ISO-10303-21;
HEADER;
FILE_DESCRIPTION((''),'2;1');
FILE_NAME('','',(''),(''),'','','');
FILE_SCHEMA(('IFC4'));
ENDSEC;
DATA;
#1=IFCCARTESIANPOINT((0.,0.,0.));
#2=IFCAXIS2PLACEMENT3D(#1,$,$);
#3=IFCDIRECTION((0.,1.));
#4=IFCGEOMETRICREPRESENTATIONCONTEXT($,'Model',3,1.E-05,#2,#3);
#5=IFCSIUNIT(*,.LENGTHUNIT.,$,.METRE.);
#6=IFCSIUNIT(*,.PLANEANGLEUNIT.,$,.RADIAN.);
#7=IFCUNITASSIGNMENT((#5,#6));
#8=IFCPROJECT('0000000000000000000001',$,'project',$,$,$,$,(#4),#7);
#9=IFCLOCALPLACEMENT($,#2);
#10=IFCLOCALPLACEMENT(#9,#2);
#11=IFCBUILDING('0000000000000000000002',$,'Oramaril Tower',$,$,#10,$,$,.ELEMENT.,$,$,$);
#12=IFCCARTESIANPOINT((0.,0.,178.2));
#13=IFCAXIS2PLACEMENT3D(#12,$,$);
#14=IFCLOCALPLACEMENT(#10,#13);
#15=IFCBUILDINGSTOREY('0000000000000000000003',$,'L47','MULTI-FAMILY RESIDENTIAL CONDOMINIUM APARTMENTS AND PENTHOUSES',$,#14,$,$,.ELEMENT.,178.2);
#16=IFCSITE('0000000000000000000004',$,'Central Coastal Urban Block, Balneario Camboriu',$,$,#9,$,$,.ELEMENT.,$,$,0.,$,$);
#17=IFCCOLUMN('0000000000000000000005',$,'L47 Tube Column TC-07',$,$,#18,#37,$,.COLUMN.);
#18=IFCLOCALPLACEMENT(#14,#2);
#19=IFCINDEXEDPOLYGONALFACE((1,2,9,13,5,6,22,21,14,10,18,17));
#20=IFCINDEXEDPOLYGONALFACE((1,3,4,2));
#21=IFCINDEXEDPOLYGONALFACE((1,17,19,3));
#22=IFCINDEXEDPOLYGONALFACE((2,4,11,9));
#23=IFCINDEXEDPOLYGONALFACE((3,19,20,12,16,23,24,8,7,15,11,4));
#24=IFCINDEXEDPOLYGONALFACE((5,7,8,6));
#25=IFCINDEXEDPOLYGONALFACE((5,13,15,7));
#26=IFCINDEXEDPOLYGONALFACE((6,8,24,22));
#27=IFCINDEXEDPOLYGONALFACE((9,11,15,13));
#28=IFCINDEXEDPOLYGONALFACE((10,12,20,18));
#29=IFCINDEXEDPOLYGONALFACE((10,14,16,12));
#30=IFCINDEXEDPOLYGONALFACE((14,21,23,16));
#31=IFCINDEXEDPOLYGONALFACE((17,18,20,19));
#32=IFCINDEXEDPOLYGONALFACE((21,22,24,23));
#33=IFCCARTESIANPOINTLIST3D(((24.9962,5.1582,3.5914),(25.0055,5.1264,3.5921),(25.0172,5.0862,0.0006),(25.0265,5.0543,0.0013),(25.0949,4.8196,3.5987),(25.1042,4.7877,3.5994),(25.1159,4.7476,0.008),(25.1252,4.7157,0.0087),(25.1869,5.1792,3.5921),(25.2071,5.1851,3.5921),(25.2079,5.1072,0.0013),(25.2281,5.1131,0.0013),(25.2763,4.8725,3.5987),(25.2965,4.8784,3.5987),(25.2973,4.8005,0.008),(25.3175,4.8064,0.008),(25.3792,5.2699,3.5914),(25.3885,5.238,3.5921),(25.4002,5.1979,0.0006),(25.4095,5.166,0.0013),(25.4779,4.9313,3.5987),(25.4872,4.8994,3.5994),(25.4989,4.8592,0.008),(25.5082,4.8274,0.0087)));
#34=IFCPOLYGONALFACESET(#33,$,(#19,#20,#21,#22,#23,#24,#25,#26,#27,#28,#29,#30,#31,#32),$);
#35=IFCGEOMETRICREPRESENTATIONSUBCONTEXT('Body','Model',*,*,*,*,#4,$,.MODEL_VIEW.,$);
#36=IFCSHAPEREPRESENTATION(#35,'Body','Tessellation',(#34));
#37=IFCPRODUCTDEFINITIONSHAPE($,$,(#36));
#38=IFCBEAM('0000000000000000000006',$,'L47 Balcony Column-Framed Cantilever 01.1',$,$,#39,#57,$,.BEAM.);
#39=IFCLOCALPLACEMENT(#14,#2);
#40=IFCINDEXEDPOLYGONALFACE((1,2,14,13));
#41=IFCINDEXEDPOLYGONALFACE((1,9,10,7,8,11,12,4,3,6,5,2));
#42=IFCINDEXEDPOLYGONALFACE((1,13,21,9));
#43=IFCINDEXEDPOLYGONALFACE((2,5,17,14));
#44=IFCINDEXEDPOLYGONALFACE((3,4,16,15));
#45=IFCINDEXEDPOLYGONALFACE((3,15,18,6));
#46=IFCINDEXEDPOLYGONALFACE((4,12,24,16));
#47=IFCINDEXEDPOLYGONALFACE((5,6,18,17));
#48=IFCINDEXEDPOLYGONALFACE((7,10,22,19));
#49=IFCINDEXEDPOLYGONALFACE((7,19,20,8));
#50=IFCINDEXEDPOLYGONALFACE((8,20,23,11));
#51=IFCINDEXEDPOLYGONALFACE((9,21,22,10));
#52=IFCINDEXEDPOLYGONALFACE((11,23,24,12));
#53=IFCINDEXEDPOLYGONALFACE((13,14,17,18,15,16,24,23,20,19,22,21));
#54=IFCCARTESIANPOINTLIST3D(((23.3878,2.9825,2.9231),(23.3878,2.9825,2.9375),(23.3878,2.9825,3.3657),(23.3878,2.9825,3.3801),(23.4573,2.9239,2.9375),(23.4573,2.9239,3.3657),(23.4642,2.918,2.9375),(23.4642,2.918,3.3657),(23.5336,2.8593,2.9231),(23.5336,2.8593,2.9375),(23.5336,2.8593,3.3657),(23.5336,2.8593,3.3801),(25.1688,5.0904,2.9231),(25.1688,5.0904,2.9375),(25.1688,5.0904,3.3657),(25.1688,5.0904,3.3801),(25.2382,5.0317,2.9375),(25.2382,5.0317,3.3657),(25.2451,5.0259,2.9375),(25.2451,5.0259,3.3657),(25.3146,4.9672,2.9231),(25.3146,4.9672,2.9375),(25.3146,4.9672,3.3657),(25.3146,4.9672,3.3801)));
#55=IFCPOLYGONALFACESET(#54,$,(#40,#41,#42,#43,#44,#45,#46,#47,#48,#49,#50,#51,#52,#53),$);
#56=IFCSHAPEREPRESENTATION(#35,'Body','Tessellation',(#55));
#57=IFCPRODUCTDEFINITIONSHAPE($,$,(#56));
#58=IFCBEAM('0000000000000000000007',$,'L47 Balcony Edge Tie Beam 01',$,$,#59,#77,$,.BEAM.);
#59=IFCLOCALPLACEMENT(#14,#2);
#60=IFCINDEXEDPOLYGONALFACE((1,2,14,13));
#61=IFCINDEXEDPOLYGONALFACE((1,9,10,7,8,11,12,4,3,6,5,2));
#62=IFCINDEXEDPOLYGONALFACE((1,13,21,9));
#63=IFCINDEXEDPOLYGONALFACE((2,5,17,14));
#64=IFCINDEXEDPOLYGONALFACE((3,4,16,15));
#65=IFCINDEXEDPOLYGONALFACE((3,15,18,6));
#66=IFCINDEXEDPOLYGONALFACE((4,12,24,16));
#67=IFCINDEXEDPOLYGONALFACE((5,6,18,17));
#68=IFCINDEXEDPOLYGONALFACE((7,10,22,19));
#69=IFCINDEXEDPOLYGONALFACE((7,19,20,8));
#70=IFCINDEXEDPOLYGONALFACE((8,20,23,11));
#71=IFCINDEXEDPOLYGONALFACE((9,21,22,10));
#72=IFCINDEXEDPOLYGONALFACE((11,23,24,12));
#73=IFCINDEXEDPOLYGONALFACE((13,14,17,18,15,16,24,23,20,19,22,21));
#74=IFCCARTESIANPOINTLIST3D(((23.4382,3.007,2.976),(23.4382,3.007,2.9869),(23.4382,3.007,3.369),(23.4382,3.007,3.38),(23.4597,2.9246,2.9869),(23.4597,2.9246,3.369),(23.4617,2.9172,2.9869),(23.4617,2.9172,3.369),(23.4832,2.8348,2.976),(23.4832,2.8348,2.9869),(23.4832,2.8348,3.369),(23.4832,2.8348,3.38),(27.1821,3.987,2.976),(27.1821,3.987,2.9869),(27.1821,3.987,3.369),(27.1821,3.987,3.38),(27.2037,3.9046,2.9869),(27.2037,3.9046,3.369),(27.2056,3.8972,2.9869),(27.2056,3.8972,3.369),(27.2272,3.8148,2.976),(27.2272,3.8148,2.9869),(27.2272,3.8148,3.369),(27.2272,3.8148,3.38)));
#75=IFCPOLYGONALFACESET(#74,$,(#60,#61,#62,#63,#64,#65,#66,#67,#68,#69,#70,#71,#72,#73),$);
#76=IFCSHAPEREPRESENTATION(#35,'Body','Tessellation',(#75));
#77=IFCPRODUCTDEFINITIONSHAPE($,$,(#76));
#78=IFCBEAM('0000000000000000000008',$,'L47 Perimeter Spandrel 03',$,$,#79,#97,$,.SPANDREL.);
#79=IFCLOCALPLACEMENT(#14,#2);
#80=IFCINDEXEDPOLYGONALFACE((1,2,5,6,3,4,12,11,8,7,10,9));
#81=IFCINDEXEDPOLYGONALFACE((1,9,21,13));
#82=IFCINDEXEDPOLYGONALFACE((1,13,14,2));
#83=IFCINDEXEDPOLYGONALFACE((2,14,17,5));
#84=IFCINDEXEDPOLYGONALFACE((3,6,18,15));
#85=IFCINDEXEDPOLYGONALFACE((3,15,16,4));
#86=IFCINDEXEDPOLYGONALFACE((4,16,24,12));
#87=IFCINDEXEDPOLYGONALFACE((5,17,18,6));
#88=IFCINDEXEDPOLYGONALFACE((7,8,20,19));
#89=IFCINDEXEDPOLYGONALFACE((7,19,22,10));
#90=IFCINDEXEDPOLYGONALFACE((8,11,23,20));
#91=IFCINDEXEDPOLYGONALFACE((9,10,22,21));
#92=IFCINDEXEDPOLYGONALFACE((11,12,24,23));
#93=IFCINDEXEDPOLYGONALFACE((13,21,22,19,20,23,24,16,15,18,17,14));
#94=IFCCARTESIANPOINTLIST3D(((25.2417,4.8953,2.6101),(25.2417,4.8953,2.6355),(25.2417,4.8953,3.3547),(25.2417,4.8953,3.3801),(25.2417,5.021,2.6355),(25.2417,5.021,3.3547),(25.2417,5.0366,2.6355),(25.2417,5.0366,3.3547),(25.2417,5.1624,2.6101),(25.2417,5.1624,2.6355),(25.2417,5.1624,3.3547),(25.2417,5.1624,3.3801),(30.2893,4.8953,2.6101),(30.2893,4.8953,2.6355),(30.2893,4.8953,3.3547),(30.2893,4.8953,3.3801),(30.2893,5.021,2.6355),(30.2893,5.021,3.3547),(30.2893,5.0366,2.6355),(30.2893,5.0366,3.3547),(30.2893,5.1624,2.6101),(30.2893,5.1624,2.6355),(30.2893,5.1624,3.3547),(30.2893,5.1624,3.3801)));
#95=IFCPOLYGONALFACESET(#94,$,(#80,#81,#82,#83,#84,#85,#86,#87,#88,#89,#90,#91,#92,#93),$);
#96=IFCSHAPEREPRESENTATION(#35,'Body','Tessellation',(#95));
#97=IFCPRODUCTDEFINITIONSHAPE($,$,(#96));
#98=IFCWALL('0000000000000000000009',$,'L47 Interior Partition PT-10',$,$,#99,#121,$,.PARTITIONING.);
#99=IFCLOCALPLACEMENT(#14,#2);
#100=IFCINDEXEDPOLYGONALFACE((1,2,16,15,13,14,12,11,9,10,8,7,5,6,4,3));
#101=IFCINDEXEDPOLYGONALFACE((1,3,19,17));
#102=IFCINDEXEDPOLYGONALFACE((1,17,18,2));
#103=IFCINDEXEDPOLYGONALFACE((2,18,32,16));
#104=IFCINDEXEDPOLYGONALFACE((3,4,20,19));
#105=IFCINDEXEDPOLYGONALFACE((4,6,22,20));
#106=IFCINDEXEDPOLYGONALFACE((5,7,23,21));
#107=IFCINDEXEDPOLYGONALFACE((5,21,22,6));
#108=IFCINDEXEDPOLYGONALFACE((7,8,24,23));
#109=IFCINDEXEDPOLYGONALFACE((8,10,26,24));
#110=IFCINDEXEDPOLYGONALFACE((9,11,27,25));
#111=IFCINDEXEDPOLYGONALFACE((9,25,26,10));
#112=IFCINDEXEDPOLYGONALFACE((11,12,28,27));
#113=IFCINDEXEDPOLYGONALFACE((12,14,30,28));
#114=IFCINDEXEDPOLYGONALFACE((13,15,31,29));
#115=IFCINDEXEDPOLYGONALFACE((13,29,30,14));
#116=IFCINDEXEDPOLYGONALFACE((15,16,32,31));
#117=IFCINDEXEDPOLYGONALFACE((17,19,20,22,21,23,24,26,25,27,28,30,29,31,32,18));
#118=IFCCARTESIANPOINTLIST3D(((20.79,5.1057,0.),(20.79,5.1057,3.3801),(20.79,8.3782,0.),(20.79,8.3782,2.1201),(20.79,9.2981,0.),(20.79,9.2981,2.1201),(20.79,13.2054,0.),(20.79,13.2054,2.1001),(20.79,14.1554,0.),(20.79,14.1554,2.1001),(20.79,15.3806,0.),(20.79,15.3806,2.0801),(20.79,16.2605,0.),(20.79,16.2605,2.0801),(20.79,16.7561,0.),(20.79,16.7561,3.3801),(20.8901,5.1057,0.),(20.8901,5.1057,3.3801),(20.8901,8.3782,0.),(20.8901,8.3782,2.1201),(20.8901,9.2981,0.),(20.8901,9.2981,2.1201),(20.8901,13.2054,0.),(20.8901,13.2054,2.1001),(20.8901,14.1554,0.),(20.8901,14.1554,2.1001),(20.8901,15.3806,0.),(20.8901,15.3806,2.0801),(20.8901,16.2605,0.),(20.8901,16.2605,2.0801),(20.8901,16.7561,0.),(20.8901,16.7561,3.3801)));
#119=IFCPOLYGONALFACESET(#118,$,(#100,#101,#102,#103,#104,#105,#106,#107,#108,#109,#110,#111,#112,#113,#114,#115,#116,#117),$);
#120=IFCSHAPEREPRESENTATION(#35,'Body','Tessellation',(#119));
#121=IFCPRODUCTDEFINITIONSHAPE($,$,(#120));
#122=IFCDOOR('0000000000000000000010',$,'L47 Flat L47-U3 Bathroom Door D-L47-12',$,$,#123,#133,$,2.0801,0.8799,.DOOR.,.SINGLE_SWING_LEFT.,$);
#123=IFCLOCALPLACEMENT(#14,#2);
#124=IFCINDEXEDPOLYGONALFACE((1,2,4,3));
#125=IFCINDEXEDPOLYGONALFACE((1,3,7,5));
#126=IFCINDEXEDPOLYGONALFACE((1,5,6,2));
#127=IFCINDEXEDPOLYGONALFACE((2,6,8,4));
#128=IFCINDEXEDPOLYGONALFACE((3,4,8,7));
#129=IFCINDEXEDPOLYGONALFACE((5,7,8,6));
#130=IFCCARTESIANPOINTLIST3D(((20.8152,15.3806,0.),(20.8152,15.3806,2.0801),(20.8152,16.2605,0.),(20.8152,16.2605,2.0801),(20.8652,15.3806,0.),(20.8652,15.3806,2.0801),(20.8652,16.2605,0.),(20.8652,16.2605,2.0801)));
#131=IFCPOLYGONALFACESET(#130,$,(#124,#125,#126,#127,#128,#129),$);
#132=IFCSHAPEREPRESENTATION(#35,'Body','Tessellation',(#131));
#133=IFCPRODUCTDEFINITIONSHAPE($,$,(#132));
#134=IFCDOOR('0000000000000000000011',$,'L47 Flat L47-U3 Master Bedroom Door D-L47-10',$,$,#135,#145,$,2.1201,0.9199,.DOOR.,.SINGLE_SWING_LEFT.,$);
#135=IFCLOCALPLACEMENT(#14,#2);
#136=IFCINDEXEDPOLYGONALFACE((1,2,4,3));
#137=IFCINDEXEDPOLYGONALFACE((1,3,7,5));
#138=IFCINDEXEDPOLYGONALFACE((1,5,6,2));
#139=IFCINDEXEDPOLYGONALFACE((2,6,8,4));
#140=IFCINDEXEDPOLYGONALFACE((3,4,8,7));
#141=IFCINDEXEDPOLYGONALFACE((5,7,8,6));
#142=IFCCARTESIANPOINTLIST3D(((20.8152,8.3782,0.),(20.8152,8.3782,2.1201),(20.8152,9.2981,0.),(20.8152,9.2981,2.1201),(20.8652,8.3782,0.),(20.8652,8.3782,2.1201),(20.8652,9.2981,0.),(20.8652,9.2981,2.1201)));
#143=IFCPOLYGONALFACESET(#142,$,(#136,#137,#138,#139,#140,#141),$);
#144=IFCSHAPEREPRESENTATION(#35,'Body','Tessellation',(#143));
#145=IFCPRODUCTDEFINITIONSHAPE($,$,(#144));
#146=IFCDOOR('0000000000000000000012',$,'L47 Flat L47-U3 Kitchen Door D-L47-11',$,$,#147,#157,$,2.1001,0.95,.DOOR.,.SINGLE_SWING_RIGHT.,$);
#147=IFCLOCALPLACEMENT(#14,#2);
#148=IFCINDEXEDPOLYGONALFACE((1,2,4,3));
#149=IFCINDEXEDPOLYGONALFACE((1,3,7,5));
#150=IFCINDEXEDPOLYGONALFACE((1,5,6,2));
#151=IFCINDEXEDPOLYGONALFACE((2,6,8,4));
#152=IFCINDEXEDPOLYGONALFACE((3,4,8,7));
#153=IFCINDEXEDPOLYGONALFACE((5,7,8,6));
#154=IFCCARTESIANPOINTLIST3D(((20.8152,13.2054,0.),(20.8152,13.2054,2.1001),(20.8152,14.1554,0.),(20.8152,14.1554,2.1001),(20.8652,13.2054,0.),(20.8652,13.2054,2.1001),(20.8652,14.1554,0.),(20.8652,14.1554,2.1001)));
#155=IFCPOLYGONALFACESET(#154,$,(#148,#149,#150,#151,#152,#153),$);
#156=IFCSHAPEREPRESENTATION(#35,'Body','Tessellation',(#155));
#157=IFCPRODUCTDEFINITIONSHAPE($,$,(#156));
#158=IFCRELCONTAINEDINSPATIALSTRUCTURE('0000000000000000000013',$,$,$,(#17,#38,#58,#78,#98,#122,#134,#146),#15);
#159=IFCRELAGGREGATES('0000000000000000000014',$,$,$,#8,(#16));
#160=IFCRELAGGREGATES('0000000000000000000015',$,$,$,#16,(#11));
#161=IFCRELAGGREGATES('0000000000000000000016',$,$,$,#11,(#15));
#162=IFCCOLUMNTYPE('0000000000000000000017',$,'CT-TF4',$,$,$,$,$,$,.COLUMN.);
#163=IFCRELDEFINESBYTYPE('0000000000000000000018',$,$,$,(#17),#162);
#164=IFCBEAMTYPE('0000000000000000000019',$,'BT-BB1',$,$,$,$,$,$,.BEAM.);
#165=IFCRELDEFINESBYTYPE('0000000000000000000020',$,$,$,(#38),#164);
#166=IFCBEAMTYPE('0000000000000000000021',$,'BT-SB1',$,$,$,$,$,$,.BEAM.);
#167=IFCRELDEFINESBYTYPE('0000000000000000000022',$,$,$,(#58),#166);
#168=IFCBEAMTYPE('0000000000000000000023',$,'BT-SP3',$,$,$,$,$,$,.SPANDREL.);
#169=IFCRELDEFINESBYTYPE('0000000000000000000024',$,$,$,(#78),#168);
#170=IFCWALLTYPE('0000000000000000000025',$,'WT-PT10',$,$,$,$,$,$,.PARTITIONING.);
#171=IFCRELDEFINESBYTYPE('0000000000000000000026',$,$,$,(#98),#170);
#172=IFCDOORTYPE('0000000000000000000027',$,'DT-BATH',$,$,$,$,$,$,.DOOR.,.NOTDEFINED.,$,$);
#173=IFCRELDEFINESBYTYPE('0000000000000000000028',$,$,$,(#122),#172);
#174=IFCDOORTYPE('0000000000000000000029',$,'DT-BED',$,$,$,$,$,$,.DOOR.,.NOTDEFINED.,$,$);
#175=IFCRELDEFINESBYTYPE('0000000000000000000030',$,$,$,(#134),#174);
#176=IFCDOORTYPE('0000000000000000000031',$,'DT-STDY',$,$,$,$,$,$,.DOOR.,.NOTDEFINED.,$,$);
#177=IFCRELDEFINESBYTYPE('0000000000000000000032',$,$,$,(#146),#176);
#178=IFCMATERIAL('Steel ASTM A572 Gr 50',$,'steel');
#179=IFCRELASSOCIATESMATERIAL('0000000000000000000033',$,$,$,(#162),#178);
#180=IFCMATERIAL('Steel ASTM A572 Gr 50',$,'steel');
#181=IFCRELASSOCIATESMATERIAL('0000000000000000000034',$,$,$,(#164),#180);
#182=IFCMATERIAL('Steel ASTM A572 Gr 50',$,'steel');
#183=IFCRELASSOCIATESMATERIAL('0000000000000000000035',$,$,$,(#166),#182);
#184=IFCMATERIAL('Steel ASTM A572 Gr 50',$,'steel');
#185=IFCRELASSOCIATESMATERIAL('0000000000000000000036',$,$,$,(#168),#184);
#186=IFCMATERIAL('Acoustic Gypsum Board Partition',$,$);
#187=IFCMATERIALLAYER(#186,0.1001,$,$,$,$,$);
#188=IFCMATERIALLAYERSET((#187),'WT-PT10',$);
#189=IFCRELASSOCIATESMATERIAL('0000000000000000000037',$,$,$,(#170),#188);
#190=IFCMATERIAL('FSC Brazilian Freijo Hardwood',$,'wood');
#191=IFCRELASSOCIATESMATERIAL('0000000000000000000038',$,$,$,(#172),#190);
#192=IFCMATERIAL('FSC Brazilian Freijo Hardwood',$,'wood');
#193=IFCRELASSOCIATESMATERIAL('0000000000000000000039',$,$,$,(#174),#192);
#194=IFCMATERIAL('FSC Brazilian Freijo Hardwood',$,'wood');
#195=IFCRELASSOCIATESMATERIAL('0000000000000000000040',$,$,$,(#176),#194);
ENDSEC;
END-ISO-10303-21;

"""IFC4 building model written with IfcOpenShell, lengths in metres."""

from ifc_helpers import new_model, si_unit, direction, frame, frame_2d, origin, origin_2d, place, context, subcontext, project, spatial, rectangle, i_section, extrude, material, layer, layer_set, material_profile, profile_set, type_object, element, fill, save


model = new_model("IFC4")

# Units and contexts
model_context = context("Model", 3, precision=1e-05, world=origin(), true_north=direction((0.0, 1.0)))
body_context = subcontext(model_context, "Body", "Model", "MODEL_VIEW")
ifc_project = project(units=[si_unit("LENGTHUNIT", "METRE"), si_unit("PLANEANGLEUNIT", "RADIAN")], contexts=[model_context])

# Site, building, storey
site_placement = place(None, origin())
site = spatial("IfcSite", under=ifc_project, at=site_placement, Name="Central Coastal Urban Block, Balneario Camboriu", CompositionType="ELEMENT", RefElevation=0.0)
building_placement = place(site_placement, origin())
building = spatial("IfcBuilding", under=site, at=building_placement, Name="Oramaril Tower", CompositionType="ELEMENT")
storey_placement = place(building_placement, frame((0.0, 0.0, 178.2)))
storey = spatial("IfcBuildingStorey", under=building, at=storey_placement, Name="L47", Description="MULTI-FAMILY RESIDENTIAL CONDOMINIUM APARTMENTS AND PENTHOUSES", CompositionType="ELEMENT", Elevation=178.2)

# Column
ifc_material_1 = material(Name="Steel ASTM A572 Gr 50", Category="steel")
ifc_material_profile_1 = material_profile(ifc_material_1, i_section(OverallWidth=0.3989, OverallDepth=0.386, WebThickness=0.021, FlangeThickness=0.0332, at=origin_2d()), Name="W14X176")
ifc_profile_set_1 = profile_set([ifc_material_profile_1], Name="Steel ASTM A572 Gr 50")
column_type = type_object("IfcColumnType", Name="CT-TF4", PredefinedType="COLUMN", material=ifc_profile_set_1)
column_placement = place(storey_placement, frame((25.2627, 4.9568, 0.0046), z_axis=(-0.005846, 0.020053, 0.999782), x_axis=(-0.960036, -0.279875, 0.0)))
element("IfcColumn", 1, at=column_placement, inside=storey, type_object=column_type, Name="L47 Tube Column TC-07", PredefinedType="COLUMN", context=body_context, shape_type="SweptSolid", body=[
    extrude(i_section(OverallWidth=0.3989, OverallDepth=0.386, WebThickness=0.021, FlangeThickness=0.0332, at=origin_2d()), origin(), (0.0, 0.0, 1.0), 3.5916),
])

# Beams
ifc_material_2 = material(Name="Steel ASTM A572 Gr 50", Category="steel")
ifc_material_profile_2 = material_profile(ifc_material_2, i_section(OverallWidth=0.1909, OverallDepth=0.457, WebThickness=0.009, FlangeThickness=0.0144, at=origin_2d()), Name="W18X50")
ifc_profile_set_2 = profile_set([ifc_material_profile_2], Name="Steel ASTM A572 Gr 50")
beam_type_1 = type_object("IfcBeamType", Name="BT-BB1", PredefinedType="BEAM", material=ifc_profile_set_2)
beam_1_placement = place(storey_placement, frame((25.2417, 5.0288, 3.1516), z_axis=(-0.645391, -0.763853, 0.0), x_axis=(0.763853, -0.645391, 0.0)))
element("IfcBeam", 2, at=beam_1_placement, inside=storey, type_object=beam_type_1, Name="L47 Balcony Column-Framed Cantilever 01.1", PredefinedType="BEAM", context=body_context, shape_type="SweptSolid", body=[
    extrude(i_section(OverallWidth=0.1909, OverallDepth=0.457, WebThickness=0.009, FlangeThickness=0.0144, at=origin_2d()), origin(), (0.0, 0.0, 1.0), 2.7595),
])
ifc_material_3 = material(Name="Steel ASTM A572 Gr 50", Category="steel")
ifc_material_profile_3 = material_profile(ifc_material_3, i_section(OverallWidth=0.178, OverallDepth=0.4041, WebThickness=0.0076, FlangeThickness=0.011, at=origin_2d()), Name="W16X36")
ifc_profile_set_3 = profile_set([ifc_material_profile_3], Name="Steel ASTM A572 Gr 50")
beam_type_2 = type_object("IfcBeamType", Name="BT-SB1", PredefinedType="BEAM", material=ifc_profile_set_3)
beam_2_placement = place(storey_placement, frame((23.4607, 2.9209, 3.178), z_axis=(0.967408, 0.253223, 0.0), x_axis=(-0.253223, 0.967408, 0.0)))
element("IfcBeam", 3, at=beam_2_placement, inside=storey, type_object=beam_type_2, Name="L47 Balcony Edge Tie Beam 01", PredefinedType="BEAM", context=body_context, shape_type="SweptSolid", body=[
    extrude(i_section(OverallWidth=0.178, OverallDepth=0.4041, WebThickness=0.0076, FlangeThickness=0.011, at=origin_2d()), origin(), (0.0, 0.0, 1.0), 3.8701),
])
ifc_material_4 = material(Name="Steel ASTM A572 Gr 50", Category="steel")
ifc_material_profile_4 = material_profile(ifc_material_4, i_section(OverallWidth=0.2671, OverallDepth=0.77, WebThickness=0.0156, FlangeThickness=0.0254, at=origin_2d()), Name="W30X132")
ifc_profile_set_4 = profile_set([ifc_material_profile_4], Name="Steel ASTM A572 Gr 50")
beam_type_3 = type_object("IfcBeamType", Name="BT-SP3", PredefinedType="SPANDREL", material=ifc_profile_set_4)
beam_3_placement = place(storey_placement, frame((25.2417, 5.0288, 2.9951), z_axis=(1.0, 0.0, 0.0), x_axis=(0.0, 1.0, 0.0)))
element("IfcBeam", 4, at=beam_3_placement, inside=storey, type_object=beam_type_3, Name="L47 Perimeter Spandrel 03", PredefinedType="SPANDREL", context=body_context, shape_type="SweptSolid", body=[
    extrude(i_section(OverallWidth=0.2671, OverallDepth=0.77, WebThickness=0.0156, FlangeThickness=0.0254, at=origin_2d()), origin(), (0.0, 0.0, 1.0), 5.0476),
])

# Wall, openings, doors
ifc_material_5 = material(Name="Acoustic Gypsum Board Partition")
ifc_layer_1 = layer(ifc_material_5, 0.1001)
ifc_layer_set_1 = layer_set([ifc_layer_1], Name="WT-PT10")
wall_type_1 = type_object("IfcWallType", Name="WT-PT10", PredefinedType="PARTITIONING", material=ifc_layer_set_1)
wall_1_placement = place(storey_placement, frame((20.8401, 5.1057, 0.0), z_axis=(0.0, 0.0, 1.0), x_axis=(0.0, 1.0, 0.0)))
wall_1 = element("IfcWall", 5, at=wall_1_placement, inside=storey, type_object=wall_type_1, Name="L47 Interior Partition PT-10", PredefinedType="PARTITIONING", context=body_context, shape_type="SweptSolid", body=[
    extrude(rectangle(XDim=11.6504, YDim=0.1001, at=frame_2d((5.8252, 0.0))), origin(), (0.0, 0.0, 1.0), 3.3801),
])
opening_1_placement = place(wall_1_placement, frame((3.2725, 0.0, 0.0)))
opening_1 = element("IfcOpeningElement", 6, at=opening_1_placement, cuts=wall_1, PredefinedType="OPENING", context=body_context, shape_type="SweptSolid", body=[
    extrude(rectangle(XDim=0.9199, YDim=2.1201, at=frame_2d((0.46, 1.0601))), frame((0.0, 0.05, 0.0), z_axis=(0.0, -1.0, 0.0), x_axis=(1.0, 0.0, 0.0)), (0.0, 0.0, 1.0), 0.1001),
])
opening_2_placement = place(wall_1_placement, frame((8.0996, 0.0, 0.0)))
opening_2 = element("IfcOpeningElement", 7, at=opening_2_placement, cuts=wall_1, PredefinedType="OPENING", context=body_context, shape_type="SweptSolid", body=[
    extrude(rectangle(XDim=0.95, YDim=2.1001, at=frame_2d((0.4751, 1.05))), frame((0.0, 0.05, 0.0), z_axis=(0.0, -1.0, 0.0), x_axis=(1.0, 0.0, 0.0)), (0.0, 0.0, 1.0), 0.1001),
])
opening_3_placement = place(wall_1_placement, frame((10.2749, 0.0, 0.0)))
opening_3 = element("IfcOpeningElement", 8, at=opening_3_placement, cuts=wall_1, PredefinedType="OPENING", context=body_context, shape_type="SweptSolid", body=[
    extrude(rectangle(XDim=0.8799, YDim=2.0801, at=frame_2d((0.4399, 1.04))), frame((0.0, 0.05, 0.0), z_axis=(0.0, -1.0, 0.0), x_axis=(1.0, 0.0, 0.0)), (0.0, 0.0, 1.0), 0.1001),
])
ifc_material_6 = material(Name="FSC Brazilian Freijo Hardwood", Category="wood")
door_type_1 = type_object("IfcDoorType", Name="DT-BATH", OperationType="NOTDEFINED", PredefinedType="DOOR", material=ifc_material_6)
door_1_placement = place(opening_3_placement, origin())
door_1 = element("IfcDoor", 9, at=door_1_placement, inside=storey, type_object=door_type_1, Name="L47 Flat L47-U3 Bathroom Door D-L47-12", OperationType="SINGLE_SWING_LEFT", OverallHeight=2.0801, OverallWidth=0.8799, PredefinedType="DOOR", context=body_context, shape_type="SweptSolid", body=[
    extrude(rectangle(XDim=0.8799, YDim=2.0801, at=frame_2d((0.4399, 1.04))), frame((0.0, 0.0249, 0.0), z_axis=(0.0, -1.0, 0.0), x_axis=(1.0, 0.0, 0.0)), (0.0, 0.0, 1.0), 0.05),
])
fill(opening_3, door_1)
ifc_material_7 = material(Name="FSC Brazilian Freijo Hardwood", Category="wood")
door_type_2 = type_object("IfcDoorType", Name="DT-BED", OperationType="NOTDEFINED", PredefinedType="DOOR", material=ifc_material_7)
door_2_placement = place(opening_1_placement, origin())
door_2 = element("IfcDoor", 10, at=door_2_placement, inside=storey, type_object=door_type_2, Name="L47 Flat L47-U3 Master Bedroom Door D-L47-10", OperationType="SINGLE_SWING_LEFT", OverallHeight=2.1201, OverallWidth=0.9199, PredefinedType="DOOR", context=body_context, shape_type="SweptSolid", body=[
    extrude(rectangle(XDim=0.9199, YDim=2.1201, at=frame_2d((0.46, 1.0601))), frame((0.0, 0.0249, 0.0), z_axis=(0.0, -1.0, 0.0), x_axis=(1.0, 0.0, 0.0)), (0.0, 0.0, 1.0), 0.05),
])
fill(opening_1, door_2)
ifc_material_8 = material(Name="FSC Brazilian Freijo Hardwood", Category="wood")
door_type_3 = type_object("IfcDoorType", Name="DT-STDY", OperationType="NOTDEFINED", PredefinedType="DOOR", material=ifc_material_8)
door_3_placement = place(opening_2_placement, origin())
door_3 = element("IfcDoor", 11, at=door_3_placement, inside=storey, type_object=door_type_3, Name="L47 Flat L47-U3 Kitchen Door D-L47-11", OperationType="SINGLE_SWING_RIGHT", OverallHeight=2.1001, OverallWidth=0.95, PredefinedType="DOOR", context=body_context, shape_type="SweptSolid", body=[
    extrude(rectangle(XDim=0.95, YDim=2.1001, at=frame_2d((0.4751, 1.05))), frame((0.0, 0.0249, 0.0), z_axis=(0.0, -1.0, 0.0), x_axis=(1.0, 0.0, 0.0)), (0.0, 0.0, 1.0), 0.05),
])
fill(opening_2, door_3)

save(model, "model.ifc")
